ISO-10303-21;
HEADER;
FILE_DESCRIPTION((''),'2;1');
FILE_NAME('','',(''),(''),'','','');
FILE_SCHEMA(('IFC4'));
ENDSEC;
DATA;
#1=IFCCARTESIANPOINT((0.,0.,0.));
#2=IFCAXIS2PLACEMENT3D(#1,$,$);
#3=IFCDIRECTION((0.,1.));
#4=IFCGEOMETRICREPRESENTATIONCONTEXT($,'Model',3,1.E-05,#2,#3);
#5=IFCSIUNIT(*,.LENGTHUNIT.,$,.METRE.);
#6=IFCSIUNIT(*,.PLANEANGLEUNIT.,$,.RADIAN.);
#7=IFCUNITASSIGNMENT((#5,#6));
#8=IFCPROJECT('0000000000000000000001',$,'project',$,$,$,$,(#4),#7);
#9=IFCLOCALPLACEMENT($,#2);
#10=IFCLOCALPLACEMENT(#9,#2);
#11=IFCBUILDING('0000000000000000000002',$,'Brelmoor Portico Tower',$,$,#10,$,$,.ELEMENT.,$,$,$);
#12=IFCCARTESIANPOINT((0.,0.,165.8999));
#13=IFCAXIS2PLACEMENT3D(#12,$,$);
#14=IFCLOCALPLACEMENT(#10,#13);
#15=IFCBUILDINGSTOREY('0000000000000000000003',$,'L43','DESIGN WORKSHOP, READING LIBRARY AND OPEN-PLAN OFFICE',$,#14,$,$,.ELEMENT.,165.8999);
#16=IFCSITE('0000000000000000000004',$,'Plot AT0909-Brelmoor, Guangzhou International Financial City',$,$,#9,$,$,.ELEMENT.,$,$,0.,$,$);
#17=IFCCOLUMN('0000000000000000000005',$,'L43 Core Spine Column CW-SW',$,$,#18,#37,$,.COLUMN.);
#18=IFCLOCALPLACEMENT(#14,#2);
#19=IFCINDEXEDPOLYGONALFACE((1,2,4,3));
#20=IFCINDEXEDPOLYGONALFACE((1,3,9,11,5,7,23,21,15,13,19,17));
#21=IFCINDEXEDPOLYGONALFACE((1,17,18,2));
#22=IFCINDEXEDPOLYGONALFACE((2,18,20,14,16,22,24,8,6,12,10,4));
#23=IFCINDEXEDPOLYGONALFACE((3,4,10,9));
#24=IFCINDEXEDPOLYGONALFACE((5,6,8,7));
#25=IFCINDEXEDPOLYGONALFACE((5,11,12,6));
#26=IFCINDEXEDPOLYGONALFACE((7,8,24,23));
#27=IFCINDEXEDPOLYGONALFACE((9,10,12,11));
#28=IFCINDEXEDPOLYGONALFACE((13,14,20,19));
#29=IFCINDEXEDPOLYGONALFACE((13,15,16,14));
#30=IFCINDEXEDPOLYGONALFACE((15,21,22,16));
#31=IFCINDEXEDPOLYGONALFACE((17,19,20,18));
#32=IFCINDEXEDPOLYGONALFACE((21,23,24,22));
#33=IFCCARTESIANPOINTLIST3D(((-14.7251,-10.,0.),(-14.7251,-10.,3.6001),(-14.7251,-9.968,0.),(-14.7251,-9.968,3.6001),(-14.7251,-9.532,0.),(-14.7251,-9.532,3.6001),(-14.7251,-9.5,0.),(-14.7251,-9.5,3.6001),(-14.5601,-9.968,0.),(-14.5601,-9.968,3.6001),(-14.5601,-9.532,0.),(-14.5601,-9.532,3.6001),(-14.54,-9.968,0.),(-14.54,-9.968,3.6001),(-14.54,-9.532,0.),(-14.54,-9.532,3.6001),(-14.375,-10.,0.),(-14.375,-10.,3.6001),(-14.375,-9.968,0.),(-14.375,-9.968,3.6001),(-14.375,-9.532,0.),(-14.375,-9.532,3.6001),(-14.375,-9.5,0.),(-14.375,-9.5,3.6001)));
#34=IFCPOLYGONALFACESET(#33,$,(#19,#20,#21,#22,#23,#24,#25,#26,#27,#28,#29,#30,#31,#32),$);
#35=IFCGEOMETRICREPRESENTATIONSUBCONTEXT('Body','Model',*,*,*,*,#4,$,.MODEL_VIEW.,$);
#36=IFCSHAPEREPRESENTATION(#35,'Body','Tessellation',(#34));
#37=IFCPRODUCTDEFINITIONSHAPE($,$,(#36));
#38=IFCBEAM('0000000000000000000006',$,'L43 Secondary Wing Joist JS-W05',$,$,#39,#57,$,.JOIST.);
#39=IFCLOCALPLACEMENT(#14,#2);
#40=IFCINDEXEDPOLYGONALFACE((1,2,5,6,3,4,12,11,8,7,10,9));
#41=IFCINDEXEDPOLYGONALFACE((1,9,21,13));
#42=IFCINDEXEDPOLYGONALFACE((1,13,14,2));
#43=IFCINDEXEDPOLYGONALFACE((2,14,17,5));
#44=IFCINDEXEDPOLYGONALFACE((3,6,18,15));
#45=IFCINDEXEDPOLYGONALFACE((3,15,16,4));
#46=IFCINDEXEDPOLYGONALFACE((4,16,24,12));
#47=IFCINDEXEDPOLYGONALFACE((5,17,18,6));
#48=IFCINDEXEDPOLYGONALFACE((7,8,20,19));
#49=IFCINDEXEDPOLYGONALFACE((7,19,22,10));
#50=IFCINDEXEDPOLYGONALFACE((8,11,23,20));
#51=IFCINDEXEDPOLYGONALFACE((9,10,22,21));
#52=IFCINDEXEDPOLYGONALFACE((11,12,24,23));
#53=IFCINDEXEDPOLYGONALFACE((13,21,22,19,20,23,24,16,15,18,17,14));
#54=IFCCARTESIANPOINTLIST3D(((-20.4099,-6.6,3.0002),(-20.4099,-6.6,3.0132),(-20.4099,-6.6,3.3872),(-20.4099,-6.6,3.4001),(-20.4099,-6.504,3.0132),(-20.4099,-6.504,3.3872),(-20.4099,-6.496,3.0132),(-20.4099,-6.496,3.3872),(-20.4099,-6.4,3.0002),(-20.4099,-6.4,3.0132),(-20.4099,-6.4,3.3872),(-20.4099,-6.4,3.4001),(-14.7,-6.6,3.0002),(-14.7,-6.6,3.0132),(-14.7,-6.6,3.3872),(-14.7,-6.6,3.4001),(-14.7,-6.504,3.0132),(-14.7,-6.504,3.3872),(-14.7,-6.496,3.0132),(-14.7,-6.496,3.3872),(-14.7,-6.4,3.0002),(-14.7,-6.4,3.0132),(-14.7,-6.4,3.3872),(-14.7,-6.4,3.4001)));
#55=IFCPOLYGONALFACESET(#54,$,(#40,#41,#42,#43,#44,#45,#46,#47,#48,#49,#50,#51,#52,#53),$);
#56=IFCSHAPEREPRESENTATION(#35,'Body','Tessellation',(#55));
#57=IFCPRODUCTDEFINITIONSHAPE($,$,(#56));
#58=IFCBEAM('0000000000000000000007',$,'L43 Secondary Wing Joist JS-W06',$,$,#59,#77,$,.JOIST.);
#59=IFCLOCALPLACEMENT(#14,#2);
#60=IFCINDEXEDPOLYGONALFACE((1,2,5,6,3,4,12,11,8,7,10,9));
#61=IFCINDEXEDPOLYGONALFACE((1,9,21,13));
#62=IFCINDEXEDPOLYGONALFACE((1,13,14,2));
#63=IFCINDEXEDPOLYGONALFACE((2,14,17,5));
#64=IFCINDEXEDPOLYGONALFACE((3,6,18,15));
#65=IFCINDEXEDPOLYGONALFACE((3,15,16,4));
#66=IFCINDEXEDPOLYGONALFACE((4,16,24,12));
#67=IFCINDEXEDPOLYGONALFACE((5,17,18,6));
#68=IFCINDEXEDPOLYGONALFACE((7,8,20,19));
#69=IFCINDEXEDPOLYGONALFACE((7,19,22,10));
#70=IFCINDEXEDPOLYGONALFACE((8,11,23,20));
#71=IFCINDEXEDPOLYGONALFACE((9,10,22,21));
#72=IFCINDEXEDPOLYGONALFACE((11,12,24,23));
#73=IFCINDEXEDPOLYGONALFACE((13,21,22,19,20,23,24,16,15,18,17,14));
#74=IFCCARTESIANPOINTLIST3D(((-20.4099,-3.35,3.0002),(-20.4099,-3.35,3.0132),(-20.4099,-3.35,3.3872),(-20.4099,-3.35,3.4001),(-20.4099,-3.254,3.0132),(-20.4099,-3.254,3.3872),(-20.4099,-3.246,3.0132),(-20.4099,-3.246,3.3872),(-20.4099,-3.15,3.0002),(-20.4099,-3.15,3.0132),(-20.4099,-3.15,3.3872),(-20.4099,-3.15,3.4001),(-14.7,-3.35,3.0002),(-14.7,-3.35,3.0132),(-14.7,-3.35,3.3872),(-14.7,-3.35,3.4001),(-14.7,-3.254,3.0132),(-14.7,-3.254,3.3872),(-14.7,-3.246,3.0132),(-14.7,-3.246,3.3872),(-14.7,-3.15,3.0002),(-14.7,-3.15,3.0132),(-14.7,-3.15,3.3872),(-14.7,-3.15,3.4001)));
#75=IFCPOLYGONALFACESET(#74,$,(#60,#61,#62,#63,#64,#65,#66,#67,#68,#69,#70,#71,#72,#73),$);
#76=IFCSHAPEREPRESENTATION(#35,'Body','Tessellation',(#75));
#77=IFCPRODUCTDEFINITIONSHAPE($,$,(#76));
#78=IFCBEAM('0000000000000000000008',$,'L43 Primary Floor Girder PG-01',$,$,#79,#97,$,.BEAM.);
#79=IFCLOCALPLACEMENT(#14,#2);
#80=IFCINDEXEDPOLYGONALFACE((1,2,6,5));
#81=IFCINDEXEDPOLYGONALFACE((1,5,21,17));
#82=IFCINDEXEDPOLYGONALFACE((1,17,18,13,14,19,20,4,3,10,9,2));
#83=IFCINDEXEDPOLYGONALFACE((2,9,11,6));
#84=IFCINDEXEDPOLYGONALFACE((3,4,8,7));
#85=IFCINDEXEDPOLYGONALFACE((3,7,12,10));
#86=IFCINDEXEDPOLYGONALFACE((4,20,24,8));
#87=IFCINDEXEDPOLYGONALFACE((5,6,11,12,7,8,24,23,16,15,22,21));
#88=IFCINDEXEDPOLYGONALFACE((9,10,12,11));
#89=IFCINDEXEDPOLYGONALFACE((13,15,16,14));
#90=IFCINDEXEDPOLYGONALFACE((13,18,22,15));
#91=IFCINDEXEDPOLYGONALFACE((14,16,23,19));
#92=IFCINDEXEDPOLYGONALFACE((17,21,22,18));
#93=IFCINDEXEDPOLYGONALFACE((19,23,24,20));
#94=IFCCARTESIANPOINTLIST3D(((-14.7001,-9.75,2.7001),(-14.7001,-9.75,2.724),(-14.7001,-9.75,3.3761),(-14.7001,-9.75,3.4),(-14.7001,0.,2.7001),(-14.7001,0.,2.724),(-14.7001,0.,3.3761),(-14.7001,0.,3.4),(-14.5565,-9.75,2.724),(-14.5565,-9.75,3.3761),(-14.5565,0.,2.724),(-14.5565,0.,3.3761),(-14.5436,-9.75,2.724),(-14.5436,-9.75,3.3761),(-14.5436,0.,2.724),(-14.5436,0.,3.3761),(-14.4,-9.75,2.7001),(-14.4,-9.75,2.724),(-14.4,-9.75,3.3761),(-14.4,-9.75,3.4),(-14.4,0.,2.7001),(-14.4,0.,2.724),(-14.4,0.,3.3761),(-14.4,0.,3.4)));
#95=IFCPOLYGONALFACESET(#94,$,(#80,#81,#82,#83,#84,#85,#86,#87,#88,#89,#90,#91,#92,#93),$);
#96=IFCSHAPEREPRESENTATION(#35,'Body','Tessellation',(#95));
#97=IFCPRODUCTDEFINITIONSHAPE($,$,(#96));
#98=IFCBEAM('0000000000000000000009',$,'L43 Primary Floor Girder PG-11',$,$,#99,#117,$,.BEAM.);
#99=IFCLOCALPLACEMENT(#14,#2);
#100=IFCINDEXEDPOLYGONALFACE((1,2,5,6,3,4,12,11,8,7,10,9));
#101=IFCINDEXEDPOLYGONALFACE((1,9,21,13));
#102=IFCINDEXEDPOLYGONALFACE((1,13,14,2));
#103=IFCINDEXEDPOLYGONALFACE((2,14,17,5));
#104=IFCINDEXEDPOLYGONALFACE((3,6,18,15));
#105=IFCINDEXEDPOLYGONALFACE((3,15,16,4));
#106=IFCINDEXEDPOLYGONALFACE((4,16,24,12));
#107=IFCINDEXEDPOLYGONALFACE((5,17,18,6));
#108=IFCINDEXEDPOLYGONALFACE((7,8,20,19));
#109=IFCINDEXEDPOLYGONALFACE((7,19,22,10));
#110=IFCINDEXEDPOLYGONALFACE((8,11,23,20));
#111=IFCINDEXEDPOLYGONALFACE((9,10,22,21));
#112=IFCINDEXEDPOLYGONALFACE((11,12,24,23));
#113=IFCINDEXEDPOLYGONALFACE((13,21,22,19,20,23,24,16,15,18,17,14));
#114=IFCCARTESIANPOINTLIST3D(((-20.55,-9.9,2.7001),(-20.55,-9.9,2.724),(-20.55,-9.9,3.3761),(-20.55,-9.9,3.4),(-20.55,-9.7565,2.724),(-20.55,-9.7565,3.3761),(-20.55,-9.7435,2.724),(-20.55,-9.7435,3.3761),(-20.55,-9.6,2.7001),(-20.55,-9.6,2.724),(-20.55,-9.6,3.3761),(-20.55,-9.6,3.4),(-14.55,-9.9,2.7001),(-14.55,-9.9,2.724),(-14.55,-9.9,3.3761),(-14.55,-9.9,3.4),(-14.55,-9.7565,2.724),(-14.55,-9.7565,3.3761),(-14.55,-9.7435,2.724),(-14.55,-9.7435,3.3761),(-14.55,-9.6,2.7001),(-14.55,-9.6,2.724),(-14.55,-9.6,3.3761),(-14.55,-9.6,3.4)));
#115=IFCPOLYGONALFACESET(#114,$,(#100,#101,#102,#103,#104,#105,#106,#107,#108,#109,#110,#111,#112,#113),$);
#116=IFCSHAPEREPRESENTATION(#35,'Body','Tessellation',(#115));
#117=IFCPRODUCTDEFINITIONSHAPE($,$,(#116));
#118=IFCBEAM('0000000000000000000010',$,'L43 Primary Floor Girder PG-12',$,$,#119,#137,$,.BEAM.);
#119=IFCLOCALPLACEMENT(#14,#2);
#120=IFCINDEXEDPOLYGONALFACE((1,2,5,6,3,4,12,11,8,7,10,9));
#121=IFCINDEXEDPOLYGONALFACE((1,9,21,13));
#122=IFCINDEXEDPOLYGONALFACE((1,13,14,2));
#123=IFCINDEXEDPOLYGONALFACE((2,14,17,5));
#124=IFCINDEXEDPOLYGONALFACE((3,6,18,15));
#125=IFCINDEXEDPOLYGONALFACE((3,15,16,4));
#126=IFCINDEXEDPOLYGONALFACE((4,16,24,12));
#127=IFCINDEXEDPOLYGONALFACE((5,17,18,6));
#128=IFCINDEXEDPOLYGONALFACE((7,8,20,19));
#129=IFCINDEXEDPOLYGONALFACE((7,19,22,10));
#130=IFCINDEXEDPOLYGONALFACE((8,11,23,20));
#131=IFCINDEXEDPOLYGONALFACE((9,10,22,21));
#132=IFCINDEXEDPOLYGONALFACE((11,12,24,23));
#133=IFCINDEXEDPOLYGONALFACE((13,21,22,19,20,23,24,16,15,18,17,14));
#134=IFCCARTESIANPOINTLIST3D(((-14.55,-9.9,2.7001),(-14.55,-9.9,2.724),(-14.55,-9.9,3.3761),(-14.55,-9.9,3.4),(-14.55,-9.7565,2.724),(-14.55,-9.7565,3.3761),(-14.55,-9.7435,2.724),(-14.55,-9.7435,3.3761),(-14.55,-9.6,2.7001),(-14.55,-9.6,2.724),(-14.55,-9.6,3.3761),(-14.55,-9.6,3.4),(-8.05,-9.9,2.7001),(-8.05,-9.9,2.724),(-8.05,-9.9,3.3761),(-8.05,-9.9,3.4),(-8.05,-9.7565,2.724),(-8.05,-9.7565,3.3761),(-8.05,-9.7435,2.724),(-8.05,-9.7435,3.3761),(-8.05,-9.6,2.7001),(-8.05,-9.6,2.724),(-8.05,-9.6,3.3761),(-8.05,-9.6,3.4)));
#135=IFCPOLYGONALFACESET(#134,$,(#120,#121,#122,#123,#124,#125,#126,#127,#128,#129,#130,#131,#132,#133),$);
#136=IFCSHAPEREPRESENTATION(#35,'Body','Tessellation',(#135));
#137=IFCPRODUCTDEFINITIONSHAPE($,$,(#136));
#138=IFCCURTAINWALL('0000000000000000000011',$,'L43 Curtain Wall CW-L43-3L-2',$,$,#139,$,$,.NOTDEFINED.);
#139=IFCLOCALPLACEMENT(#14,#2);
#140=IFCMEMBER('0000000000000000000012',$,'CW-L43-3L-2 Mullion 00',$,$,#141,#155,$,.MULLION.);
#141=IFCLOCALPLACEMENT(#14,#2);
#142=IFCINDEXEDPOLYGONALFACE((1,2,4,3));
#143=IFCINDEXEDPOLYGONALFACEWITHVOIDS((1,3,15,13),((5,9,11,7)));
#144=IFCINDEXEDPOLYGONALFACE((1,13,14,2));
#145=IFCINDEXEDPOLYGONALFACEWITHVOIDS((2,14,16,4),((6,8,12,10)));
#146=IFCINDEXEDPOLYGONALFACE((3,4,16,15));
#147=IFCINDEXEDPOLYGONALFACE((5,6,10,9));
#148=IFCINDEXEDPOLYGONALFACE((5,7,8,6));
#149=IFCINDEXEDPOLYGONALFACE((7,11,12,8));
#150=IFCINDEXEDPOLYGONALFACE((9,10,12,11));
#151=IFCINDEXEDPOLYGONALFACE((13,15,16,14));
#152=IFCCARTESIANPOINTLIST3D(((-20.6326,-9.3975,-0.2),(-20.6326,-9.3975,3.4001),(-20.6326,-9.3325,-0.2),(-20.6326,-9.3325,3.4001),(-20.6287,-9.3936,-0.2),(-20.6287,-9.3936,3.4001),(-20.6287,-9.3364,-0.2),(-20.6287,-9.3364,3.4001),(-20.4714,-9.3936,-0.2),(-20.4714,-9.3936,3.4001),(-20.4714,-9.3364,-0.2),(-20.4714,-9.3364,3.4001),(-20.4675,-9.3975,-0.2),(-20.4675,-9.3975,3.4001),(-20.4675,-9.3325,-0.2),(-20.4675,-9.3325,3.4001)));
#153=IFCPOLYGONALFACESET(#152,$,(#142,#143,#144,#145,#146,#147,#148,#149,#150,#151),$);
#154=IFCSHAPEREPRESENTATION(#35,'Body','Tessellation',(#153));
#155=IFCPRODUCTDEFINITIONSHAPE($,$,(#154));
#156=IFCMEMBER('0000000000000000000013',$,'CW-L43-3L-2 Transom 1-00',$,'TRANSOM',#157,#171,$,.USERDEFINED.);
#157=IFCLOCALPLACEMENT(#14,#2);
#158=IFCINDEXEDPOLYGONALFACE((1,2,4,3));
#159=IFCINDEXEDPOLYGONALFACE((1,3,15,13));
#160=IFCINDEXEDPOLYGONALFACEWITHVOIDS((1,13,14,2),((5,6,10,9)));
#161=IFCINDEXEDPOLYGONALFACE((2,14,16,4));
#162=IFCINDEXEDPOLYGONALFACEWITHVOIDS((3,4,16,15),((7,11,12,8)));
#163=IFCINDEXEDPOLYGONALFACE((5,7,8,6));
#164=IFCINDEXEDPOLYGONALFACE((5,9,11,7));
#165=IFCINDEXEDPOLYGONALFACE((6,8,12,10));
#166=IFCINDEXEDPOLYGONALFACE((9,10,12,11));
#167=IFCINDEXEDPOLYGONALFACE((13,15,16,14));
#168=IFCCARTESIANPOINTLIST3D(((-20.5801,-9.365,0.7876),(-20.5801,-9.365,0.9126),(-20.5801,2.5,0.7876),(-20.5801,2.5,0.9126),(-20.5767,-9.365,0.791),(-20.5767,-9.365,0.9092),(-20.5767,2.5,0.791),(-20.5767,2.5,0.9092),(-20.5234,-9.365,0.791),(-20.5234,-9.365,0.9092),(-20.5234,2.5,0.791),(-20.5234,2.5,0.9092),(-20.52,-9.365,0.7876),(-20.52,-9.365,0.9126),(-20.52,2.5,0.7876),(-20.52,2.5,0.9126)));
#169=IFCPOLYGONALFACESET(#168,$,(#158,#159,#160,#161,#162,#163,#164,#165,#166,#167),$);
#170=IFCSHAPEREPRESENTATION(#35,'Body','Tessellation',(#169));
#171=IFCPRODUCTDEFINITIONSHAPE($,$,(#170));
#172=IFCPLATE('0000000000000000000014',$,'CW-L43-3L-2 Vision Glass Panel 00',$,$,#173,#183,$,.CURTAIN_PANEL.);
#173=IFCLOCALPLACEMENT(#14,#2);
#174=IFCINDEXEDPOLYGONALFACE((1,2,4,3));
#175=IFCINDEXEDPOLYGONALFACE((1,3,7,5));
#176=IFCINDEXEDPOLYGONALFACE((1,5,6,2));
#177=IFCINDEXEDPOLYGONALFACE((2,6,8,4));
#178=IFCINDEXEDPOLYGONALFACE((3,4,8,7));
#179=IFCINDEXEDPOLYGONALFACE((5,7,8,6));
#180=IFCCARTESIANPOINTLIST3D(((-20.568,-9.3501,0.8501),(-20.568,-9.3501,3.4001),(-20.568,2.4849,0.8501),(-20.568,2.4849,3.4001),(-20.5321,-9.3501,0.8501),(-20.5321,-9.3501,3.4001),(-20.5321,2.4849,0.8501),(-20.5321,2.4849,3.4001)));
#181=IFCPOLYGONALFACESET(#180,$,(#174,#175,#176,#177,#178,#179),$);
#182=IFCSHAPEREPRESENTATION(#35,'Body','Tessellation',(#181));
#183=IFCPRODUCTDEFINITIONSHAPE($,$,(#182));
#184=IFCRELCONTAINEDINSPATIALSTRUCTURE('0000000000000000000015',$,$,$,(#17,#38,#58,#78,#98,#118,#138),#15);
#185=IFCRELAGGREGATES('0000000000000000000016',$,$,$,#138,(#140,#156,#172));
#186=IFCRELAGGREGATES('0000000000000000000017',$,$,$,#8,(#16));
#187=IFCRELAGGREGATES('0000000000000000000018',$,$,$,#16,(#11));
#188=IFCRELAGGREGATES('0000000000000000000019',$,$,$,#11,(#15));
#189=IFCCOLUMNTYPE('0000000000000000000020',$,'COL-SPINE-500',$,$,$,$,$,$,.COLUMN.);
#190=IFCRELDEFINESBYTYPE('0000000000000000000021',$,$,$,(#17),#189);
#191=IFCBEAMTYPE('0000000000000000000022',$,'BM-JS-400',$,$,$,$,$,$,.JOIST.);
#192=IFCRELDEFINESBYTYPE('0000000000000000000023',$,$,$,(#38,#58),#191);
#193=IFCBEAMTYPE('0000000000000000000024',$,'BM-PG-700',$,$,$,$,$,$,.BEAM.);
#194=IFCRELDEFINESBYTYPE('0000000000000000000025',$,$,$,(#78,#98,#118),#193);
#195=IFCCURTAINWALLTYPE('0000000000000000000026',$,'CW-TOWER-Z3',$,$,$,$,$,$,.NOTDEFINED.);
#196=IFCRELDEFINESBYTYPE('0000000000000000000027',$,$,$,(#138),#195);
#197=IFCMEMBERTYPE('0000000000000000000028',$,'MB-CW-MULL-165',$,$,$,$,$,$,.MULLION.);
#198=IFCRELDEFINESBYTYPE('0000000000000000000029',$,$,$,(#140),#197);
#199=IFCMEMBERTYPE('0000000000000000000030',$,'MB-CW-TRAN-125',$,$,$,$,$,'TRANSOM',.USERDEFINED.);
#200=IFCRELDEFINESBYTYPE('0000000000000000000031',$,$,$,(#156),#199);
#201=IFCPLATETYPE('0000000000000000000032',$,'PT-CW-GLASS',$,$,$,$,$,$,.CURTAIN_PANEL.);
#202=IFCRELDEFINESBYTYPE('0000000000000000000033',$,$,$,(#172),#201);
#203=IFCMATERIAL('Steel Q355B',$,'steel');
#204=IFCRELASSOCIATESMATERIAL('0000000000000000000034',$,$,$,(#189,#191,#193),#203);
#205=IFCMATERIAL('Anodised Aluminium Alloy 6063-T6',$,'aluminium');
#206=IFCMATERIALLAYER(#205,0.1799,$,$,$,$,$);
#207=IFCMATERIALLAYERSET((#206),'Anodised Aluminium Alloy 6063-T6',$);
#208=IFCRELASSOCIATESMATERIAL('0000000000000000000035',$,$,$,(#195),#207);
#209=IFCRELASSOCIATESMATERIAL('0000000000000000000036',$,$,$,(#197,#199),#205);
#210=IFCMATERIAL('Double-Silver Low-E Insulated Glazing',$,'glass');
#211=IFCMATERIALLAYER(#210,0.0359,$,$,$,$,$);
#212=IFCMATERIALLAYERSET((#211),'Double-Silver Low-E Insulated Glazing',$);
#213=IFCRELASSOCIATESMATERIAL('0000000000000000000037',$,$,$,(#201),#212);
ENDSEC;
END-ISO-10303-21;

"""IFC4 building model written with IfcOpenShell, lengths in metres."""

from ifc_helpers import new_model, si_unit, direction, frame, origin, origin_2d, place, context, subcontext, project, spatial, rectangle, hollow_rectangle, i_section, extrude, material, layer, layer_set, material_profile, profile_set, type_object, element, aggregate, save


model = new_model("IFC4")

# Units and contexts
model_context = context("Model", 3, precision=1e-05, world=origin(), true_north=direction((0.0, 1.0)))
body_context = subcontext(model_context, "Body", "Model", "MODEL_VIEW")
ifc_project = project(units=[si_unit("LENGTHUNIT", "METRE"), si_unit("PLANEANGLEUNIT", "RADIAN")], contexts=[model_context])

# Site, building, storey
site_placement = place(None, origin())
site = spatial("IfcSite", under=ifc_project, at=site_placement, Name="Plot AT0909-Brelmoor, Guangzhou International Financial City", CompositionType="ELEMENT", RefElevation=0.0)
building_placement = place(site_placement, origin())
building = spatial("IfcBuilding", under=site, at=building_placement, Name="Brelmoor Portico Tower", CompositionType="ELEMENT")
storey_placement = place(building_placement, frame((0.0, 0.0, 165.8999)))
storey = spatial("IfcBuildingStorey", under=building, at=storey_placement, Name="L43", Description="DESIGN WORKSHOP, READING LIBRARY AND OPEN-PLAN OFFICE", CompositionType="ELEMENT", Elevation=165.8999)

# Column
ifc_material_1 = material(Name="Steel Q355B", Category="steel")
ifc_material_profile_1 = material_profile(ifc_material_1, i_section(OverallWidth=0.3501, OverallDepth=0.5, WebThickness=0.02, FlangeThickness=0.032, at=origin_2d()), Name="HW 500x350x20x32")
ifc_profile_set_1 = profile_set([ifc_material_profile_1], Name="Steel Q355B")
column_type = type_object("IfcColumnType", Name="COL-SPINE-500", PredefinedType="COLUMN", material=ifc_profile_set_1)
column_placement = place(storey_placement, frame((-14.55, -9.75, 0.0), z_axis=(0.0, 0.0, 1.0), x_axis=(1.0, 0.0, 0.0)))
element("IfcColumn", 1, at=column_placement, inside=storey, type_object=column_type, Name="L43 Core Spine Column CW-SW", PredefinedType="COLUMN", context=body_context, shape_type="SweptSolid", body=[
    extrude(i_section(OverallWidth=0.3501, OverallDepth=0.5, WebThickness=0.02, FlangeThickness=0.032, at=origin_2d()), origin(), (0.0, 0.0, 1.0), 3.6001),
])

# Beams
ifc_material_profile_2 = material_profile(ifc_material_1, i_section(OverallWidth=0.2, OverallDepth=0.3999, WebThickness=0.0081, FlangeThickness=0.0129, at=origin_2d()), Name="HN 400x200x8x13")
ifc_profile_set_2 = profile_set([ifc_material_profile_2], Name="Steel Q355B")
beam_type_1 = type_object("IfcBeamType", Name="BM-JS-400", PredefinedType="JOIST", material=ifc_profile_set_2)
for number, where, z_axis, x_axis, name in (
    (2, (-20.4099, -6.5, 3.2002), (1.0, 0.0, 0.0), (0.0, 1.0, 0.0), "L43 Secondary Wing Joist JS-W05"),
    (3, (-20.4099, -3.25, 3.2002), (1.0, 0.0, 0.0), (0.0, 1.0, 0.0), "L43 Secondary Wing Joist JS-W06"),
):
    element("IfcBeam", number, at=place(storey_placement, frame(where, z_axis=z_axis, x_axis=x_axis)), inside=storey, type_object=beam_type_1, Name=name, PredefinedType="JOIST", context=body_context, shape_type="SweptSolid", body=[
        extrude(i_section(OverallWidth=0.2, OverallDepth=0.3999, WebThickness=0.0081, FlangeThickness=0.0129, at=origin_2d()), origin(), (0.0, 0.0, 1.0), 5.71),
    ])
ifc_material_profile_3 = material_profile(ifc_material_1, i_section(OverallWidth=0.3, OverallDepth=0.7, WebThickness=0.0129, FlangeThickness=0.0239, at=origin_2d()), Name="HN 700x300x13x24")
ifc_profile_set_3 = profile_set([ifc_material_profile_3], Name="Steel Q355B")
beam_type_2 = type_object("IfcBeamType", Name="BM-PG-700", PredefinedType="BEAM", material=ifc_profile_set_3)
beam_1_placement = place(storey_placement, frame((-14.55, -9.75, 3.05), z_axis=(0.0, 1.0, 0.0), x_axis=(-1.0, 0.0, 0.0)))
element("IfcBeam", 4, at=beam_1_placement, inside=storey, type_object=beam_type_2, Name="L43 Primary Floor Girder PG-01", PredefinedType="BEAM", context=body_context, shape_type="SweptSolid", body=[
    extrude(i_section(OverallWidth=0.3, OverallDepth=0.7, WebThickness=0.0129, FlangeThickness=0.0239, at=origin_2d()), origin(), (0.0, 0.0, 1.0), 9.75),
])
beam_2_placement = place(storey_placement, frame((-20.55, -9.75, 3.05), z_axis=(1.0, 0.0, 0.0), x_axis=(0.0, 1.0, 0.0)))
element("IfcBeam", 5, at=beam_2_placement, inside=storey, type_object=beam_type_2, Name="L43 Primary Floor Girder PG-11", PredefinedType="BEAM", context=body_context, shape_type="SweptSolid", body=[
    extrude(i_section(OverallWidth=0.3, OverallDepth=0.7, WebThickness=0.0129, FlangeThickness=0.0239, at=origin_2d()), origin(), (0.0, 0.0, 1.0), 6.0),
])
beam_3_placement = place(storey_placement, frame((-14.55, -9.75, 3.05), z_axis=(1.0, 0.0, 0.0), x_axis=(0.0, 1.0, 0.0)))
element("IfcBeam", 6, at=beam_3_placement, inside=storey, type_object=beam_type_2, Name="L43 Primary Floor Girder PG-12", PredefinedType="BEAM", context=body_context, shape_type="SweptSolid", body=[
    extrude(i_section(OverallWidth=0.3, OverallDepth=0.7, WebThickness=0.0129, FlangeThickness=0.0239, at=origin_2d()), origin(), (0.0, 0.0, 1.0), 6.5),
])

# Curtain wall, members, plate
ifc_material_2 = material(Name="Anodised Aluminium Alloy 6063-T6", Category="aluminium")
ifc_layer_1 = layer(ifc_material_2, 0.1799)
ifc_layer_set_1 = layer_set([ifc_layer_1], Name="Anodised Aluminium Alloy 6063-T6")
curtain_wall_type = type_object("IfcCurtainWallType", Name="CW-TOWER-Z3", PredefinedType="NOTDEFINED", material=ifc_layer_set_1)
curtain_wall_placement = place(storey_placement, origin())
curtain_wall = element("IfcCurtainWall", 7, at=curtain_wall_placement, inside=storey, type_object=curtain_wall_type, Name="L43 Curtain Wall CW-L43-3L-2", PredefinedType="NOTDEFINED")
ifc_material_profile_4 = material_profile(ifc_material_2, hollow_rectangle(XDim=0.0649, YDim=0.165, WallThickness=0.0039, at=origin_2d()), Name="ALU MULLION 65x165")
ifc_profile_set_4 = profile_set([ifc_material_profile_4], Name="Anodised Aluminium Alloy 6063-T6")
member_type_1 = type_object("IfcMemberType", Name="MB-CW-MULL-165", PredefinedType="MULLION", material=ifc_profile_set_4)
member_1_placement = place(storey_placement, frame((-20.55, -9.365, -0.2), z_axis=(0.0, 0.0, 1.0), x_axis=(0.0, 1.0, 0.0)))
member_1 = element("IfcMember", 8, at=member_1_placement, type_object=member_type_1, Name="CW-L43-3L-2 Mullion 00", PredefinedType="MULLION", context=body_context, shape_type="SweptSolid", body=[
    extrude(hollow_rectangle(XDim=0.0649, YDim=0.165, WallThickness=0.0039, at=origin_2d()), origin(), (0.0, 0.0, 1.0), 3.6001),
])
ifc_material_profile_5 = material_profile(ifc_material_2, hollow_rectangle(XDim=0.0601, YDim=0.125, WallThickness=0.0034, at=origin_2d()), Name="ALU TRANSOM 60x125")
ifc_profile_set_5 = profile_set([ifc_material_profile_5], Name="Anodised Aluminium Alloy 6063-T6")
member_type_2 = type_object("IfcMemberType", Name="MB-CW-TRAN-125", ElementType="TRANSOM", PredefinedType="USERDEFINED", material=ifc_profile_set_5)
member_2_placement = place(storey_placement, frame((-20.55, -9.365, 0.8501), z_axis=(0.0, 1.0, 0.0), x_axis=(-1.0, 0.0, 0.0)))
member_2 = element("IfcMember", 9, at=member_2_placement, type_object=member_type_2, Name="CW-L43-3L-2 Transom 1-00", ObjectType="TRANSOM", PredefinedType="USERDEFINED", context=body_context, shape_type="SweptSolid", body=[
    extrude(hollow_rectangle(XDim=0.0601, YDim=0.125, WallThickness=0.0034, at=origin_2d()), origin(), (0.0, 0.0, 1.0), 11.865),
])
ifc_material_3 = material(Name="Double-Silver Low-E Insulated Glazing", Category="glass")
ifc_layer_2 = layer(ifc_material_3, 0.0359)
ifc_layer_set_2 = layer_set([ifc_layer_2], Name="Double-Silver Low-E Insulated Glazing")
plate_type_1 = type_object("IfcPlateType", Name="PT-CW-GLASS", PredefinedType="CURTAIN_PANEL", material=ifc_layer_set_2)
plate_1_placement = place(storey_placement, frame((-20.55, -3.4326, 0.8501), z_axis=(0.0, 0.0, 1.0), x_axis=(0.0, 1.0, 0.0)))
plate_1 = element("IfcPlate", 10, at=plate_1_placement, type_object=plate_type_1, Name="CW-L43-3L-2 Vision Glass Panel 00", PredefinedType="CURTAIN_PANEL", context=body_context, shape_type="SweptSolid", body=[
    extrude(rectangle(XDim=11.835, YDim=0.0359, at=origin_2d()), origin(), (0.0, 0.0, 1.0), 2.55),
])
aggregate(curtain_wall, [member_1, member_2, plate_1])

save(model, "model.ifc")
